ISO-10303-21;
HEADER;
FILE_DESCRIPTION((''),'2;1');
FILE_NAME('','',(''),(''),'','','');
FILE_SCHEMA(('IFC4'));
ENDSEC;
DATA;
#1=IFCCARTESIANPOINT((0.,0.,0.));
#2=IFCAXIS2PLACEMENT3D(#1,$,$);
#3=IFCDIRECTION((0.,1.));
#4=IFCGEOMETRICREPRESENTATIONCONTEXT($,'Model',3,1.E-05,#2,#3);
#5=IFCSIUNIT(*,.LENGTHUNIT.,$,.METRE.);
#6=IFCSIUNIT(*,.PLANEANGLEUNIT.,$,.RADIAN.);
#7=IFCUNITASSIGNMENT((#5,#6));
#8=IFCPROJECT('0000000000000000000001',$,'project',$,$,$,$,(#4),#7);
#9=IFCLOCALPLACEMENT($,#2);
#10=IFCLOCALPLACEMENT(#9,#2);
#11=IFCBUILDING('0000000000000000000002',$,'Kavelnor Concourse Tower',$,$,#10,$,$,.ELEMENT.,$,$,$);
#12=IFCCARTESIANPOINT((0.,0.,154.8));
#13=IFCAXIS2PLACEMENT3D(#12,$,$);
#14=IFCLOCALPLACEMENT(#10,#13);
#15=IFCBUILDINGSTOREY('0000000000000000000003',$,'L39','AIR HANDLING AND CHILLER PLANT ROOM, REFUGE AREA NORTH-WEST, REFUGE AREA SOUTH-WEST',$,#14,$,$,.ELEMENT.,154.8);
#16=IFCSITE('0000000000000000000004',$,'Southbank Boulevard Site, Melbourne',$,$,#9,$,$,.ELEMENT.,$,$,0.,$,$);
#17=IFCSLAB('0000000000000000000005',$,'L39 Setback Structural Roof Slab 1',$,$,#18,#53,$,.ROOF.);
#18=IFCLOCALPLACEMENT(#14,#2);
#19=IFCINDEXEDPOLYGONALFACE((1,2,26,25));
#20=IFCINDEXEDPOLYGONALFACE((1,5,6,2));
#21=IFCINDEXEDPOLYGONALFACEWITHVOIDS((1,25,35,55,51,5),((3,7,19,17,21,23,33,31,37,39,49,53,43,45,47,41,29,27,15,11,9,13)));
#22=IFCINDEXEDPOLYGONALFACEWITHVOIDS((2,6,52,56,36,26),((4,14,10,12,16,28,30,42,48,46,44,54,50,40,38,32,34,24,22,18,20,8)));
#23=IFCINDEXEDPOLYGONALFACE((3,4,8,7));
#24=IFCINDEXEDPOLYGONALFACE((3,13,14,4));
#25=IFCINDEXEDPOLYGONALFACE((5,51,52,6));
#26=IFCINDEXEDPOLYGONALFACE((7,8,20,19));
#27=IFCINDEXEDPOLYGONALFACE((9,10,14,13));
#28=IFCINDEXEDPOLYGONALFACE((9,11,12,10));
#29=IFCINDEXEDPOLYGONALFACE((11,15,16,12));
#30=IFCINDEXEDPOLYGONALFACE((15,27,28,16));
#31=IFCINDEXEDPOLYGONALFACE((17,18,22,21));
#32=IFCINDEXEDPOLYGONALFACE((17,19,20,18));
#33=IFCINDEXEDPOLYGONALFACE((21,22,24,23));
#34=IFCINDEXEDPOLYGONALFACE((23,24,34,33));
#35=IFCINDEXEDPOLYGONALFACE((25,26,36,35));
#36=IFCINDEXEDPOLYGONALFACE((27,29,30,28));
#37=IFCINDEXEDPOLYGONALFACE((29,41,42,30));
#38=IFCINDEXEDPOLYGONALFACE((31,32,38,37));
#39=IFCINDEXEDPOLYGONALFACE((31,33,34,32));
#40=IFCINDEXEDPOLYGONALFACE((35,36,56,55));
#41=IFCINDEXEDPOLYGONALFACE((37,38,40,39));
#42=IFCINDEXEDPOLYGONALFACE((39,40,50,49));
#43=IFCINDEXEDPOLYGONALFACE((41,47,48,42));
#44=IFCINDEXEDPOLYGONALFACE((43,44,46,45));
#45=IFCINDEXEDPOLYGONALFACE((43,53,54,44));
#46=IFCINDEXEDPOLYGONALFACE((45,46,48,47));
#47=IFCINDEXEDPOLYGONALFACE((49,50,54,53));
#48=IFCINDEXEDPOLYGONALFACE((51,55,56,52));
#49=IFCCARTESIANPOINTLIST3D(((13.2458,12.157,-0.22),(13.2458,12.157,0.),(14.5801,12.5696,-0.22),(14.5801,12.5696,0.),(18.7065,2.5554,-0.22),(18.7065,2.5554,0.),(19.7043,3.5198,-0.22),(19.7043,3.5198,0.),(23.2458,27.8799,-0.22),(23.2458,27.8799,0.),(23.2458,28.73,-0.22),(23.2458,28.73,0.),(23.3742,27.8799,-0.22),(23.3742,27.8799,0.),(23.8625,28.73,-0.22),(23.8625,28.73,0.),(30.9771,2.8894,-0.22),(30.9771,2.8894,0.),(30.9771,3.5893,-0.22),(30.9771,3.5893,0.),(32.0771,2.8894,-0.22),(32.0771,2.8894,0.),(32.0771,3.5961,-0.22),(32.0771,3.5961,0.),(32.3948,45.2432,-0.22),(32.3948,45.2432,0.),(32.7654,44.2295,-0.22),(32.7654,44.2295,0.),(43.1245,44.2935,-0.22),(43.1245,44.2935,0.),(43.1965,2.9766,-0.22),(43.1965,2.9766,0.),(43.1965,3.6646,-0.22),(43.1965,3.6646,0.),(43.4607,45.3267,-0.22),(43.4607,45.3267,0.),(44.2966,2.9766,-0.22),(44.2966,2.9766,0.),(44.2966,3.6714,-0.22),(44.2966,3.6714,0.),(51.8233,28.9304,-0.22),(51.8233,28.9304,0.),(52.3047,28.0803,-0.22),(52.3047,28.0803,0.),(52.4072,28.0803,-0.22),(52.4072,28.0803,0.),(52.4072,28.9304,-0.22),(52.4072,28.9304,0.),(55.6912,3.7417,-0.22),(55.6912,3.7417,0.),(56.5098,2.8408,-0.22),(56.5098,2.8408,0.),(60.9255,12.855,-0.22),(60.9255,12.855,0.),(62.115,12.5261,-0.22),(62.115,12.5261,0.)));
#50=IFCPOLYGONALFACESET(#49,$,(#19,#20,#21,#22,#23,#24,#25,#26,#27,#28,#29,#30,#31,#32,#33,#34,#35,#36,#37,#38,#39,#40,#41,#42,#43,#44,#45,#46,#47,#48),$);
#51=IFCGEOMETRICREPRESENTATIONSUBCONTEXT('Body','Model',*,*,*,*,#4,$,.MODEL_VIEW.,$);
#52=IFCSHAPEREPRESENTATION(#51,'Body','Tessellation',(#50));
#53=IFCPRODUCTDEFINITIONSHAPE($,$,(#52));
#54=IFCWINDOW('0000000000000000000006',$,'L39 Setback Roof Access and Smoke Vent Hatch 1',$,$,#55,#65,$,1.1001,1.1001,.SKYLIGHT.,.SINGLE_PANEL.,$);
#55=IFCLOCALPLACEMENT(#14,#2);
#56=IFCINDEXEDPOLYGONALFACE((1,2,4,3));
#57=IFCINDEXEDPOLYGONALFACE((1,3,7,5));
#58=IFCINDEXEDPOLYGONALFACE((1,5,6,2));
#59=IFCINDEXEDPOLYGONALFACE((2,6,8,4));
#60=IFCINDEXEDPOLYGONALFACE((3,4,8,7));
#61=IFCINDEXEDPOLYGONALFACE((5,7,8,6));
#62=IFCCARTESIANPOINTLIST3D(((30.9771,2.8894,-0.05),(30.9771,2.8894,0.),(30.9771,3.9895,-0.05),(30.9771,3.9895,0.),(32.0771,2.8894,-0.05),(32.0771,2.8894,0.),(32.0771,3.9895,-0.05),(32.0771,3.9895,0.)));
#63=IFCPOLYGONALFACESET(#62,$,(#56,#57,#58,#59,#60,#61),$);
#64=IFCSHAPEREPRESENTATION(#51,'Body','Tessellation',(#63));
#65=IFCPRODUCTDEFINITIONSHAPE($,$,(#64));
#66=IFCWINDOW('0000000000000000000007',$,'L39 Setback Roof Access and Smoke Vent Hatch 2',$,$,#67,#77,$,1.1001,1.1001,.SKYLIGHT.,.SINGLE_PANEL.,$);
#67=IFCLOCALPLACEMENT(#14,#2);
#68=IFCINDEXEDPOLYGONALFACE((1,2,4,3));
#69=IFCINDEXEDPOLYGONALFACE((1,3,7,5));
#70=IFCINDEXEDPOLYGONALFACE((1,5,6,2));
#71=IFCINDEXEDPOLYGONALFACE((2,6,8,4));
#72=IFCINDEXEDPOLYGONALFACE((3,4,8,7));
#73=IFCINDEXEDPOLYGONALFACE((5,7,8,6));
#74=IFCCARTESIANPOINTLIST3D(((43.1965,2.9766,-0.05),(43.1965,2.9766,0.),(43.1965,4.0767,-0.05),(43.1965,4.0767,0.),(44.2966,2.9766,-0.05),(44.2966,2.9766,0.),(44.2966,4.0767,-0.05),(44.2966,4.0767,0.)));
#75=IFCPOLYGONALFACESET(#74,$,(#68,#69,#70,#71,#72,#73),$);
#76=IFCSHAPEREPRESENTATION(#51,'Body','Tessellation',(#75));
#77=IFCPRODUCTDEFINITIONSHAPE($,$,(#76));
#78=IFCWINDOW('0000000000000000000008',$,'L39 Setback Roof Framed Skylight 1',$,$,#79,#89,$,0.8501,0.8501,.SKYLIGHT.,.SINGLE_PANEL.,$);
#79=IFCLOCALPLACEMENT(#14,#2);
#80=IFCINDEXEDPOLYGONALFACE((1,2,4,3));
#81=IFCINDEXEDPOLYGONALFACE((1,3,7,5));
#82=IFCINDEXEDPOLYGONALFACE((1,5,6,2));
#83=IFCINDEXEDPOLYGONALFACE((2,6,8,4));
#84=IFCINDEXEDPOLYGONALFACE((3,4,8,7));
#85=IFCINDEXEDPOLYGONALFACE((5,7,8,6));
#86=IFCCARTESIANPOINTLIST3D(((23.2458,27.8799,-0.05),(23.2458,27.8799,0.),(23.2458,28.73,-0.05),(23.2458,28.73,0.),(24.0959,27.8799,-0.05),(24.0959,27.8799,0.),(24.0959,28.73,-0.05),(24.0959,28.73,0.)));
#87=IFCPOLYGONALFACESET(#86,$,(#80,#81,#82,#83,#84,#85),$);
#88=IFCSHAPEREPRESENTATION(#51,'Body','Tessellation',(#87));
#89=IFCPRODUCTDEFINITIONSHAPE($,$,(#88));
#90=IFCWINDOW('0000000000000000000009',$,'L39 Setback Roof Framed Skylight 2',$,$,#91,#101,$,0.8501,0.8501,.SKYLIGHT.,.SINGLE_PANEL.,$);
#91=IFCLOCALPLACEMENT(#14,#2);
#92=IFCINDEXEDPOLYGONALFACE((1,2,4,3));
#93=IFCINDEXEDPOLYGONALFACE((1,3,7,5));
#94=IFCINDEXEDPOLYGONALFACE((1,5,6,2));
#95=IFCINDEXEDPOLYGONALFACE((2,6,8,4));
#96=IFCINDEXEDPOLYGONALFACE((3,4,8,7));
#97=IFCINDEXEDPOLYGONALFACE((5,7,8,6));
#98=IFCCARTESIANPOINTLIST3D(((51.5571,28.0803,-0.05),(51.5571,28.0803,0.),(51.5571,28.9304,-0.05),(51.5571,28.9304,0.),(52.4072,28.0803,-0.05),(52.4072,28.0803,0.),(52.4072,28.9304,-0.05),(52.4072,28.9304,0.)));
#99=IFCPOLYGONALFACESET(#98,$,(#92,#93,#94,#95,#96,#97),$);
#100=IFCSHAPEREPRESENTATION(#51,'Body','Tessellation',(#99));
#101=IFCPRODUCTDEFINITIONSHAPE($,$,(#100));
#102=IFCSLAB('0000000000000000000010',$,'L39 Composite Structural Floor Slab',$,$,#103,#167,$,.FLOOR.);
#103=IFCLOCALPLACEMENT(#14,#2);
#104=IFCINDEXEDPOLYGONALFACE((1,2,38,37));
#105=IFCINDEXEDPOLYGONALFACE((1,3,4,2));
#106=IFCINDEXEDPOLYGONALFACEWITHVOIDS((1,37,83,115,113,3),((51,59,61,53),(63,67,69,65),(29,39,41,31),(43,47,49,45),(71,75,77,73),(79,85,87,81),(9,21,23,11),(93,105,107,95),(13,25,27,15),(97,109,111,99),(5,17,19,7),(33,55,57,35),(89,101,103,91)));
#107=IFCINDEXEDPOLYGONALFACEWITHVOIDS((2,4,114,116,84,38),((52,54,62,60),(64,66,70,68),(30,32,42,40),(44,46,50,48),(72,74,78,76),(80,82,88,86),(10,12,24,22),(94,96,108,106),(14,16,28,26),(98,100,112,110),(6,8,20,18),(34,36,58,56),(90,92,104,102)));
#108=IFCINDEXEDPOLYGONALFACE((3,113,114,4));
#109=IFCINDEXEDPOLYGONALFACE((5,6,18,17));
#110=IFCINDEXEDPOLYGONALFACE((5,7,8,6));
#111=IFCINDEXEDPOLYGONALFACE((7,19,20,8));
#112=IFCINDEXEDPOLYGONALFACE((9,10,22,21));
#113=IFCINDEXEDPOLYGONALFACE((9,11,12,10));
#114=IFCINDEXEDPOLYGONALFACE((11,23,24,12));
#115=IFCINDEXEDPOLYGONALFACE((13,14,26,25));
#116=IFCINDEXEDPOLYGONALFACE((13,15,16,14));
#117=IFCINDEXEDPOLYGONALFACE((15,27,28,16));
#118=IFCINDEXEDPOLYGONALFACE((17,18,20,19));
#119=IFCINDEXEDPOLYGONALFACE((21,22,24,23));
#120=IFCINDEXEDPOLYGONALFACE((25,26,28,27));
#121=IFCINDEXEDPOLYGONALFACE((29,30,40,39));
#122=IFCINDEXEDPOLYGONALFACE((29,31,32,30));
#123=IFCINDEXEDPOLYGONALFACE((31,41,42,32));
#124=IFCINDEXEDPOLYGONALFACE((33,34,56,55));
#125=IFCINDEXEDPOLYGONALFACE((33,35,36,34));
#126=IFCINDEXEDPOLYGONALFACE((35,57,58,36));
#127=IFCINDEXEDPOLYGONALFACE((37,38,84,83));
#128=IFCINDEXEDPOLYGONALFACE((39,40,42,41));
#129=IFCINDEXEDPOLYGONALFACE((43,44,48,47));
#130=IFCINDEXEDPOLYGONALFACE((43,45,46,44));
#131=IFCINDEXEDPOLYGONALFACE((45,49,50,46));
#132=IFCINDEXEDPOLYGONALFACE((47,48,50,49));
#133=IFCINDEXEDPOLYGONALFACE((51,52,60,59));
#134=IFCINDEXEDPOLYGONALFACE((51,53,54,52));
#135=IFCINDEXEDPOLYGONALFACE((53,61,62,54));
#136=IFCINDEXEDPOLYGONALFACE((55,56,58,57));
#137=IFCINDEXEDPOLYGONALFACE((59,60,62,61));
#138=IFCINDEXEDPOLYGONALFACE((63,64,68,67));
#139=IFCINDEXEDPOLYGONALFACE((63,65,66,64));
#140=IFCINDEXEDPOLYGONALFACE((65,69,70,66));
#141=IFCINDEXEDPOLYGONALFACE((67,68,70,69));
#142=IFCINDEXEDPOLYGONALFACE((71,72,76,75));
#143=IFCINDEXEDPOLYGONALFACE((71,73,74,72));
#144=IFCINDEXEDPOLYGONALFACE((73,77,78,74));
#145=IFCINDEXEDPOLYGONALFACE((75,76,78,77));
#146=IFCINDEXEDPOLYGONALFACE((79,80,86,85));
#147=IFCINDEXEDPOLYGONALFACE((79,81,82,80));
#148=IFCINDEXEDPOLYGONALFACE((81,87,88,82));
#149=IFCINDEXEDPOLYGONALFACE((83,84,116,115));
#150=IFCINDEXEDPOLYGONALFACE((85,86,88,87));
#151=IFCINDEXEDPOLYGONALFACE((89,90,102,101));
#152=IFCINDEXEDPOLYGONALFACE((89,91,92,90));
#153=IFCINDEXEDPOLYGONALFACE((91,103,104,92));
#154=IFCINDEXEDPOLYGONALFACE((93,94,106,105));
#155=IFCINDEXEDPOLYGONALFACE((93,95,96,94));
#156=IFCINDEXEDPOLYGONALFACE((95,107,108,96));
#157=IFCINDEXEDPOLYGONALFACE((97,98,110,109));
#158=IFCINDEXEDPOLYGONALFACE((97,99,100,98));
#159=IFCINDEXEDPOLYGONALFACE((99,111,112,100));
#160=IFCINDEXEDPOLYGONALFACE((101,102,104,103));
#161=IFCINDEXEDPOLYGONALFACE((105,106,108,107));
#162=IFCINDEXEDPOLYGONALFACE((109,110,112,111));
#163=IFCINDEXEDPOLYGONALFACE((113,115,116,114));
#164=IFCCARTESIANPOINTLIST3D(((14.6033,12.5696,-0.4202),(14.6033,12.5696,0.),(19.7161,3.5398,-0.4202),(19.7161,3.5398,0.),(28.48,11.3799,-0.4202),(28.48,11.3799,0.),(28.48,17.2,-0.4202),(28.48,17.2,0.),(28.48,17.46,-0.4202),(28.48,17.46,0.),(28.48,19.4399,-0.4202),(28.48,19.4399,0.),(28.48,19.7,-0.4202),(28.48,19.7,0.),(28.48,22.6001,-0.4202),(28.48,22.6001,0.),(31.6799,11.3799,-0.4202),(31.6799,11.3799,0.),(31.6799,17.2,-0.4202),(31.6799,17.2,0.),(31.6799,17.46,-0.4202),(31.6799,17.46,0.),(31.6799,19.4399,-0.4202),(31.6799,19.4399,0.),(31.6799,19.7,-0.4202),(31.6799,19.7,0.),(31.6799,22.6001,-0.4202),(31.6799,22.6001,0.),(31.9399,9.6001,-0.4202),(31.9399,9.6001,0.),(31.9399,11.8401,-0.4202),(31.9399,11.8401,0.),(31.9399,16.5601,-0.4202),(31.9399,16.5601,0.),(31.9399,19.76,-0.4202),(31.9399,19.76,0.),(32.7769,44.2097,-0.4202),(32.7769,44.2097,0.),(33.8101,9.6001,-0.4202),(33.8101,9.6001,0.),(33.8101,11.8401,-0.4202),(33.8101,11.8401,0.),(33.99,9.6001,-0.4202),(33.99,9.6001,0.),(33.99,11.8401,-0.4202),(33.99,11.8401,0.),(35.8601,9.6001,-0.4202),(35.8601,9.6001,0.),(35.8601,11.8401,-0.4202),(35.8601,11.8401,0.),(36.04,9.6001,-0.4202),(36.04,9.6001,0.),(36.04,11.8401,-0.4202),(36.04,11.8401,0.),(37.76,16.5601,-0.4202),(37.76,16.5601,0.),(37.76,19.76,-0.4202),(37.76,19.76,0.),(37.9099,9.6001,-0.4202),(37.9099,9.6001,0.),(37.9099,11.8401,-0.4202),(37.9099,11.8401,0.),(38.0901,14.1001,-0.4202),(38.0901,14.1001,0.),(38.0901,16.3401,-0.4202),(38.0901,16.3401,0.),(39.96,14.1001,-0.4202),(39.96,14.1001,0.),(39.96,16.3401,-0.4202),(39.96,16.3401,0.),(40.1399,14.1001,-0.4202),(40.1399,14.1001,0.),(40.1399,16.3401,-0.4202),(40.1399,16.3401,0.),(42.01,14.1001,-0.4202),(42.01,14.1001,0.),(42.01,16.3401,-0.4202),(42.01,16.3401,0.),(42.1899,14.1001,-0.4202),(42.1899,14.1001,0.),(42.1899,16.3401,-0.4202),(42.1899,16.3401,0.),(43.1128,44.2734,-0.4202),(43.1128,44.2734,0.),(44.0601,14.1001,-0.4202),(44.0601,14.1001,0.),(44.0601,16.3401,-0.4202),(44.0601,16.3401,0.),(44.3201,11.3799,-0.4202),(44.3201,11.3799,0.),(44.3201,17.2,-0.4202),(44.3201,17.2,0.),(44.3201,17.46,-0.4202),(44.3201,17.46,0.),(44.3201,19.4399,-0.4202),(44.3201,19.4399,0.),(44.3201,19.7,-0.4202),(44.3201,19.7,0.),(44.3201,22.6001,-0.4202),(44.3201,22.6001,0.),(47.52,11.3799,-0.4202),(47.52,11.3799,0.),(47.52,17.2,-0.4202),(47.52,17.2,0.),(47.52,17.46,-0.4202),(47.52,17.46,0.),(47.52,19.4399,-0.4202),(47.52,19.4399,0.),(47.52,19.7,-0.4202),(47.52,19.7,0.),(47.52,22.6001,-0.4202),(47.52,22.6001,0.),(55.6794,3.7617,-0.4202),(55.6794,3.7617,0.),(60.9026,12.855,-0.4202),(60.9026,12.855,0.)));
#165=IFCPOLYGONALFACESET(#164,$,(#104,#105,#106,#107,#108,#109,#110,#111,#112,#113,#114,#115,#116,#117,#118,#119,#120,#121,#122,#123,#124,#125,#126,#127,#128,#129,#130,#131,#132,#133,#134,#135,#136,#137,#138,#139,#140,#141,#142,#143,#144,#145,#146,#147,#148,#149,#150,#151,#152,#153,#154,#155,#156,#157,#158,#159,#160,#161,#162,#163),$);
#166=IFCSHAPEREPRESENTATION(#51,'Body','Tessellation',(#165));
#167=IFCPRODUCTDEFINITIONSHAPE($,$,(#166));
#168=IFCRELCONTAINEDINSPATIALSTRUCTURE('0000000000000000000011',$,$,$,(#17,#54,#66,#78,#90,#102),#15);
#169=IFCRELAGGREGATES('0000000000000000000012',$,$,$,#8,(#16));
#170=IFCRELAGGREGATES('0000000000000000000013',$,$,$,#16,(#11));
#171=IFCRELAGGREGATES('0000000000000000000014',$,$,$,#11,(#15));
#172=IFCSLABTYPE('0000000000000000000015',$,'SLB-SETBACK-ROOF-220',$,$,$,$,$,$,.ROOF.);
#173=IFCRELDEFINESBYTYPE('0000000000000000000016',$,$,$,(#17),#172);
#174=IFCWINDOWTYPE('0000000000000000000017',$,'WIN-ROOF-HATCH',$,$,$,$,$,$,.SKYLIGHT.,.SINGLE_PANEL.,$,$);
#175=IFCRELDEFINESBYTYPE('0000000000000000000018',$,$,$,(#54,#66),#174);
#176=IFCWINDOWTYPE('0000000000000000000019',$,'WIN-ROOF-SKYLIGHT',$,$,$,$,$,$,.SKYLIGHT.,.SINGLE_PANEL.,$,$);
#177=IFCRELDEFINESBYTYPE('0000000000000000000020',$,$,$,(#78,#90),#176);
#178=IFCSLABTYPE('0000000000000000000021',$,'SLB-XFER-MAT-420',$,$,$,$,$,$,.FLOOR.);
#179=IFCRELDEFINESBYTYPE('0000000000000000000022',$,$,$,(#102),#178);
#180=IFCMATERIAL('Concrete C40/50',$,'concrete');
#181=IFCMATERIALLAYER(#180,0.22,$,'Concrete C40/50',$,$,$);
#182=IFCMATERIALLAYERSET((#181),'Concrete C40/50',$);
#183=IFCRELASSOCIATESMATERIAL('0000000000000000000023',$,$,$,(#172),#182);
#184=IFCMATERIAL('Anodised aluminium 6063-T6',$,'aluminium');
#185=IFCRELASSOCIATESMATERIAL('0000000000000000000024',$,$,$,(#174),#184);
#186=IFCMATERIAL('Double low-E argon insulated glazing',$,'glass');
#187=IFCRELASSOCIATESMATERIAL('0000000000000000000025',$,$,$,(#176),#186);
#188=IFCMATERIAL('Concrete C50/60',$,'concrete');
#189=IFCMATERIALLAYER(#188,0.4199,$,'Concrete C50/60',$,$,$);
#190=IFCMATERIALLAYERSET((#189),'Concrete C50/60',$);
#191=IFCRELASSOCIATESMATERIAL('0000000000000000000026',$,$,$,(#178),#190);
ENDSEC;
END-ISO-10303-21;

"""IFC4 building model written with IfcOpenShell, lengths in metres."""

from ifc_helpers import new_model, si_unit, direction, frame, origin, origin_2d, place, context, subcontext, project, spatial, polyline, rectangle, outline, extrude, material, layer, layer_set, type_object, element, fill, save


model = new_model("IFC4")

# Units and contexts
model_context = context("Model", 3, precision=1e-05, world=origin(), true_north=direction((0.0, 1.0)))
body_context = subcontext(model_context, "Body", "Model", "MODEL_VIEW")
ifc_project = project(units=[si_unit("LENGTHUNIT", "METRE"), si_unit("PLANEANGLEUNIT", "RADIAN")], contexts=[model_context])

# Site, building, storey
site_placement = place(None, origin())
site = spatial("IfcSite", under=ifc_project, at=site_placement, Name="Southbank Boulevard Site, Melbourne", CompositionType="ELEMENT", RefElevation=0.0)
building_placement = place(site_placement, origin())
building = spatial("IfcBuilding", under=site, at=building_placement, Name="Kavelnor Concourse Tower", CompositionType="ELEMENT")
storey_placement = place(building_placement, frame((0.0, 0.0, 154.8)))
storey = spatial("IfcBuildingStorey", under=building, at=storey_placement, Name="L39", Description="AIR HANDLING AND CHILLER PLANT ROOM, REFUGE AREA NORTH-WEST, REFUGE AREA SOUTH-WEST", CompositionType="ELEMENT", Elevation=154.8)

# Shared definitions
ifc_material_1 = material(Name="Concrete C40/50", Category="concrete")

# Slab, openings, windows
ifc_layer_1 = layer(ifc_material_1, 0.22, Name="Concrete C40/50")
ifc_layer_set_1 = layer_set([ifc_layer_1], Name="Concrete C40/50")
slab_type_1 = type_object("IfcSlabType", Name="SLB-SETBACK-ROOF-220", PredefinedType="ROOF", material=ifc_layer_set_1)
slab_1_placement = place(storey_placement, frame((0.0, 0.0, -0.22)))
slab_1 = element("IfcSlab", 1, at=slab_1_placement, inside=storey, type_object=slab_type_1, Name="L39 Setback Structural Roof Slab 1", PredefinedType="ROOF", context=body_context, shape_type="SweptSolid", body=[
    extrude(outline(polyline([(62.115, 12.5261), (56.5098, 2.8408), (18.7065, 2.5554), (13.2458, 12.157), (32.3948, 45.2432), (43.4607, 45.3267), (62.115, 12.5261)]), holes=[polyline([(32.7654, 44.2295), (14.5801, 12.5696), (19.7043, 3.5198), (55.6912, 3.7417), (60.9255, 12.855), (43.1245, 44.2935), (32.7654, 44.2295)])]), origin(), (0.0, 0.0, 1.0), 0.22),
])
opening_1_placement = place(slab_1_placement, frame((23.6709, 28.3049, 0.0)))
opening_1 = element("IfcOpeningElement", 2, at=opening_1_placement, cuts=slab_1, PredefinedType="OPENING", context=body_context, shape_type="SweptSolid", body=[
    extrude(rectangle(XDim=0.8501, YDim=0.8501, at=origin_2d()), frame((0.0, 0.0, -0.01)), (0.0, 0.0, 1.0), 0.24),
])
opening_2_placement = place(slab_1_placement, frame((51.9822, 28.5054, 0.0)))
opening_2 = element("IfcOpeningElement", 3, at=opening_2_placement, cuts=slab_1, PredefinedType="OPENING", context=body_context, shape_type="SweptSolid", body=[
    extrude(rectangle(XDim=0.8501, YDim=0.8501, at=origin_2d()), frame((0.0, 0.0, -0.01)), (0.0, 0.0, 1.0), 0.24),
])
opening_3_placement = place(slab_1_placement, frame((31.5271, 3.4395, 0.0)))
opening_3 = element("IfcOpeningElement", 4, at=opening_3_placement, cuts=slab_1, PredefinedType="OPENING", context=body_context, shape_type="SweptSolid", body=[
    extrude(rectangle(XDim=1.1001, YDim=1.1001, at=origin_2d()), frame((0.0, 0.0, -0.01)), (0.0, 0.0, 1.0), 0.24),
])
opening_4_placement = place(slab_1_placement, frame((43.7466, 3.5266, 0.0)))
opening_4 = element("IfcOpeningElement", 5, at=opening_4_placement, cuts=slab_1, PredefinedType="OPENING", context=body_context, shape_type="SweptSolid", body=[
    extrude(rectangle(XDim=1.1001, YDim=1.1001, at=origin_2d()), frame((0.0, 0.0, -0.01)), (0.0, 0.0, 1.0), 0.24),
])
ifc_material_2 = material(Name="Anodised aluminium 6063-T6", Category="aluminium")
window_type_1 = type_object("IfcWindowType", Name="WIN-ROOF-HATCH", PartitioningType="SINGLE_PANEL", PredefinedType="SKYLIGHT", material=ifc_material_2)
window_1_placement = place(opening_3_placement, frame((0.0, 0.0, 0.1699)))
window_1 = element("IfcWindow", 6, at=window_1_placement, inside=storey, type_object=window_type_1, Name="L39 Setback Roof Access and Smoke Vent Hatch 1", OverallHeight=1.1001, OverallWidth=1.1001, PartitioningType="SINGLE_PANEL", PredefinedType="SKYLIGHT", context=body_context, shape_type="SweptSolid", body=[
    extrude(rectangle(XDim=1.1001, YDim=1.1001, at=origin_2d()), origin(), (0.0, 0.0, 1.0), 0.05),
])
fill(opening_3, window_1)
window_2_placement = place(opening_4_placement, frame((0.0, 0.0, 0.1699)))
window_2 = element("IfcWindow", 7, at=window_2_placement, inside=storey, type_object=window_type_1, Name="L39 Setback Roof Access and Smoke Vent Hatch 2", OverallHeight=1.1001, OverallWidth=1.1001, PartitioningType="SINGLE_PANEL", PredefinedType="SKYLIGHT", context=body_context, shape_type="SweptSolid", body=[
    extrude(rectangle(XDim=1.1001, YDim=1.1001, at=origin_2d()), origin(), (0.0, 0.0, 1.0), 0.05),
])
fill(opening_4, window_2)
ifc_material_3 = material(Name="Double low-E argon insulated glazing", Category="glass")
window_type_2 = type_object("IfcWindowType", Name="WIN-ROOF-SKYLIGHT", PartitioningType="SINGLE_PANEL", PredefinedType="SKYLIGHT", material=ifc_material_3)
window_3_placement = place(opening_1_placement, frame((0.0, 0.0, 0.1699)))
window_3 = element("IfcWindow", 8, at=window_3_placement, inside=storey, type_object=window_type_2, Name="L39 Setback Roof Framed Skylight 1", OverallHeight=0.8501, OverallWidth=0.8501, PartitioningType="SINGLE_PANEL", PredefinedType="SKYLIGHT", context=body_context, shape_type="SweptSolid", body=[
    extrude(rectangle(XDim=0.8501, YDim=0.8501, at=origin_2d()), origin(), (0.0, 0.0, 1.0), 0.05),
])
fill(opening_1, window_3)
window_4_placement = place(opening_2_placement, frame((0.0, 0.0, 0.1699)))
window_4 = element("IfcWindow", 9, at=window_4_placement, inside=storey, type_object=window_type_2, Name="L39 Setback Roof Framed Skylight 2", OverallHeight=0.8501, OverallWidth=0.8501, PartitioningType="SINGLE_PANEL", PredefinedType="SKYLIGHT", context=body_context, shape_type="SweptSolid", body=[
    extrude(rectangle(XDim=0.8501, YDim=0.8501, at=origin_2d()), origin(), (0.0, 0.0, 1.0), 0.05),
])
fill(opening_2, window_4)

# Slab
ifc_material_4 = material(Name="Concrete C50/60", Category="concrete")
ifc_layer_2 = layer(ifc_material_4, 0.4199, Name="Concrete C50/60")
ifc_layer_set_2 = layer_set([ifc_layer_2], Name="Concrete C50/60")
slab_type_2 = type_object("IfcSlabType", Name="SLB-XFER-MAT-420", PredefinedType="FLOOR", material=ifc_layer_set_2)
slab_2_placement = place(storey_placement, frame((0.0, 0.0, -0.4202)))
element("IfcSlab", 10, at=slab_2_placement, inside=storey, type_object=slab_type_2, Name="L39 Composite Structural Floor Slab", PredefinedType="FLOOR", context=body_context, shape_type="SweptSolid", body=[
    extrude(outline(polyline([(43.1128, 44.2734), (32.7769, 44.2097), (14.6033, 12.5696), (19.7161, 3.5398), (55.6794, 3.7617), (60.9026, 12.855), (43.1128, 44.2734)]), holes=[polyline([(28.48, 11.3799), (31.6799, 11.3799), (31.6799, 17.2), (28.48, 17.2), (28.48, 11.3799)]), polyline([(44.3201, 11.3799), (47.52, 11.3799), (47.52, 17.2), (44.3201, 17.2), (44.3201, 11.3799)]), polyline([(31.9399, 16.5601), (37.76, 16.5601), (37.76, 19.76), (31.9399, 19.76), (31.9399, 16.5601)]), polyline([(28.48, 19.7), (31.6799, 19.7), (31.6799, 22.6001), (28.48, 22.6001), (28.48, 19.7)]), polyline([(44.3201, 19.7), (47.52, 19.7), (47.52, 22.6001), (44.3201, 22.6001), (44.3201, 19.7)]), polyline([(38.0901, 14.1001), (39.96, 14.1001), (39.96, 16.3401), (38.0901, 16.3401), (38.0901, 14.1001)]), polyline([(40.1399, 14.1001), (42.01, 14.1001), (42.01, 16.3401), (40.1399, 16.3401), (40.1399, 14.1001)]), polyline([(42.1899, 14.1001), (44.0601, 14.1001), (44.0601, 16.3401), (42.1899, 16.3401), (42.1899, 14.1001)]), polyline([(31.9399, 9.6001), (33.8101, 9.6001), (33.8101, 11.8401), (31.9399, 11.8401), (31.9399, 9.6001)]), polyline([(33.99, 9.6001), (35.8601, 9.6001), (35.8601, 11.8401), (33.99, 11.8401), (33.99, 9.6001)]), polyline([(36.04, 9.6001), (37.9099, 9.6001), (37.9099, 11.8401), (36.04, 11.8401), (36.04, 9.6001)]), polyline([(28.48, 17.46), (31.6799, 17.46), (31.6799, 19.4399), (28.48, 19.4399), (28.48, 17.46)]), polyline([(44.3201, 17.46), (47.52, 17.46), (47.52, 19.4399), (44.3201, 19.4399), (44.3201, 17.46)])]), origin(), (0.0, 0.0, 1.0), 0.4202),
])

save(model, "model.ifc")
